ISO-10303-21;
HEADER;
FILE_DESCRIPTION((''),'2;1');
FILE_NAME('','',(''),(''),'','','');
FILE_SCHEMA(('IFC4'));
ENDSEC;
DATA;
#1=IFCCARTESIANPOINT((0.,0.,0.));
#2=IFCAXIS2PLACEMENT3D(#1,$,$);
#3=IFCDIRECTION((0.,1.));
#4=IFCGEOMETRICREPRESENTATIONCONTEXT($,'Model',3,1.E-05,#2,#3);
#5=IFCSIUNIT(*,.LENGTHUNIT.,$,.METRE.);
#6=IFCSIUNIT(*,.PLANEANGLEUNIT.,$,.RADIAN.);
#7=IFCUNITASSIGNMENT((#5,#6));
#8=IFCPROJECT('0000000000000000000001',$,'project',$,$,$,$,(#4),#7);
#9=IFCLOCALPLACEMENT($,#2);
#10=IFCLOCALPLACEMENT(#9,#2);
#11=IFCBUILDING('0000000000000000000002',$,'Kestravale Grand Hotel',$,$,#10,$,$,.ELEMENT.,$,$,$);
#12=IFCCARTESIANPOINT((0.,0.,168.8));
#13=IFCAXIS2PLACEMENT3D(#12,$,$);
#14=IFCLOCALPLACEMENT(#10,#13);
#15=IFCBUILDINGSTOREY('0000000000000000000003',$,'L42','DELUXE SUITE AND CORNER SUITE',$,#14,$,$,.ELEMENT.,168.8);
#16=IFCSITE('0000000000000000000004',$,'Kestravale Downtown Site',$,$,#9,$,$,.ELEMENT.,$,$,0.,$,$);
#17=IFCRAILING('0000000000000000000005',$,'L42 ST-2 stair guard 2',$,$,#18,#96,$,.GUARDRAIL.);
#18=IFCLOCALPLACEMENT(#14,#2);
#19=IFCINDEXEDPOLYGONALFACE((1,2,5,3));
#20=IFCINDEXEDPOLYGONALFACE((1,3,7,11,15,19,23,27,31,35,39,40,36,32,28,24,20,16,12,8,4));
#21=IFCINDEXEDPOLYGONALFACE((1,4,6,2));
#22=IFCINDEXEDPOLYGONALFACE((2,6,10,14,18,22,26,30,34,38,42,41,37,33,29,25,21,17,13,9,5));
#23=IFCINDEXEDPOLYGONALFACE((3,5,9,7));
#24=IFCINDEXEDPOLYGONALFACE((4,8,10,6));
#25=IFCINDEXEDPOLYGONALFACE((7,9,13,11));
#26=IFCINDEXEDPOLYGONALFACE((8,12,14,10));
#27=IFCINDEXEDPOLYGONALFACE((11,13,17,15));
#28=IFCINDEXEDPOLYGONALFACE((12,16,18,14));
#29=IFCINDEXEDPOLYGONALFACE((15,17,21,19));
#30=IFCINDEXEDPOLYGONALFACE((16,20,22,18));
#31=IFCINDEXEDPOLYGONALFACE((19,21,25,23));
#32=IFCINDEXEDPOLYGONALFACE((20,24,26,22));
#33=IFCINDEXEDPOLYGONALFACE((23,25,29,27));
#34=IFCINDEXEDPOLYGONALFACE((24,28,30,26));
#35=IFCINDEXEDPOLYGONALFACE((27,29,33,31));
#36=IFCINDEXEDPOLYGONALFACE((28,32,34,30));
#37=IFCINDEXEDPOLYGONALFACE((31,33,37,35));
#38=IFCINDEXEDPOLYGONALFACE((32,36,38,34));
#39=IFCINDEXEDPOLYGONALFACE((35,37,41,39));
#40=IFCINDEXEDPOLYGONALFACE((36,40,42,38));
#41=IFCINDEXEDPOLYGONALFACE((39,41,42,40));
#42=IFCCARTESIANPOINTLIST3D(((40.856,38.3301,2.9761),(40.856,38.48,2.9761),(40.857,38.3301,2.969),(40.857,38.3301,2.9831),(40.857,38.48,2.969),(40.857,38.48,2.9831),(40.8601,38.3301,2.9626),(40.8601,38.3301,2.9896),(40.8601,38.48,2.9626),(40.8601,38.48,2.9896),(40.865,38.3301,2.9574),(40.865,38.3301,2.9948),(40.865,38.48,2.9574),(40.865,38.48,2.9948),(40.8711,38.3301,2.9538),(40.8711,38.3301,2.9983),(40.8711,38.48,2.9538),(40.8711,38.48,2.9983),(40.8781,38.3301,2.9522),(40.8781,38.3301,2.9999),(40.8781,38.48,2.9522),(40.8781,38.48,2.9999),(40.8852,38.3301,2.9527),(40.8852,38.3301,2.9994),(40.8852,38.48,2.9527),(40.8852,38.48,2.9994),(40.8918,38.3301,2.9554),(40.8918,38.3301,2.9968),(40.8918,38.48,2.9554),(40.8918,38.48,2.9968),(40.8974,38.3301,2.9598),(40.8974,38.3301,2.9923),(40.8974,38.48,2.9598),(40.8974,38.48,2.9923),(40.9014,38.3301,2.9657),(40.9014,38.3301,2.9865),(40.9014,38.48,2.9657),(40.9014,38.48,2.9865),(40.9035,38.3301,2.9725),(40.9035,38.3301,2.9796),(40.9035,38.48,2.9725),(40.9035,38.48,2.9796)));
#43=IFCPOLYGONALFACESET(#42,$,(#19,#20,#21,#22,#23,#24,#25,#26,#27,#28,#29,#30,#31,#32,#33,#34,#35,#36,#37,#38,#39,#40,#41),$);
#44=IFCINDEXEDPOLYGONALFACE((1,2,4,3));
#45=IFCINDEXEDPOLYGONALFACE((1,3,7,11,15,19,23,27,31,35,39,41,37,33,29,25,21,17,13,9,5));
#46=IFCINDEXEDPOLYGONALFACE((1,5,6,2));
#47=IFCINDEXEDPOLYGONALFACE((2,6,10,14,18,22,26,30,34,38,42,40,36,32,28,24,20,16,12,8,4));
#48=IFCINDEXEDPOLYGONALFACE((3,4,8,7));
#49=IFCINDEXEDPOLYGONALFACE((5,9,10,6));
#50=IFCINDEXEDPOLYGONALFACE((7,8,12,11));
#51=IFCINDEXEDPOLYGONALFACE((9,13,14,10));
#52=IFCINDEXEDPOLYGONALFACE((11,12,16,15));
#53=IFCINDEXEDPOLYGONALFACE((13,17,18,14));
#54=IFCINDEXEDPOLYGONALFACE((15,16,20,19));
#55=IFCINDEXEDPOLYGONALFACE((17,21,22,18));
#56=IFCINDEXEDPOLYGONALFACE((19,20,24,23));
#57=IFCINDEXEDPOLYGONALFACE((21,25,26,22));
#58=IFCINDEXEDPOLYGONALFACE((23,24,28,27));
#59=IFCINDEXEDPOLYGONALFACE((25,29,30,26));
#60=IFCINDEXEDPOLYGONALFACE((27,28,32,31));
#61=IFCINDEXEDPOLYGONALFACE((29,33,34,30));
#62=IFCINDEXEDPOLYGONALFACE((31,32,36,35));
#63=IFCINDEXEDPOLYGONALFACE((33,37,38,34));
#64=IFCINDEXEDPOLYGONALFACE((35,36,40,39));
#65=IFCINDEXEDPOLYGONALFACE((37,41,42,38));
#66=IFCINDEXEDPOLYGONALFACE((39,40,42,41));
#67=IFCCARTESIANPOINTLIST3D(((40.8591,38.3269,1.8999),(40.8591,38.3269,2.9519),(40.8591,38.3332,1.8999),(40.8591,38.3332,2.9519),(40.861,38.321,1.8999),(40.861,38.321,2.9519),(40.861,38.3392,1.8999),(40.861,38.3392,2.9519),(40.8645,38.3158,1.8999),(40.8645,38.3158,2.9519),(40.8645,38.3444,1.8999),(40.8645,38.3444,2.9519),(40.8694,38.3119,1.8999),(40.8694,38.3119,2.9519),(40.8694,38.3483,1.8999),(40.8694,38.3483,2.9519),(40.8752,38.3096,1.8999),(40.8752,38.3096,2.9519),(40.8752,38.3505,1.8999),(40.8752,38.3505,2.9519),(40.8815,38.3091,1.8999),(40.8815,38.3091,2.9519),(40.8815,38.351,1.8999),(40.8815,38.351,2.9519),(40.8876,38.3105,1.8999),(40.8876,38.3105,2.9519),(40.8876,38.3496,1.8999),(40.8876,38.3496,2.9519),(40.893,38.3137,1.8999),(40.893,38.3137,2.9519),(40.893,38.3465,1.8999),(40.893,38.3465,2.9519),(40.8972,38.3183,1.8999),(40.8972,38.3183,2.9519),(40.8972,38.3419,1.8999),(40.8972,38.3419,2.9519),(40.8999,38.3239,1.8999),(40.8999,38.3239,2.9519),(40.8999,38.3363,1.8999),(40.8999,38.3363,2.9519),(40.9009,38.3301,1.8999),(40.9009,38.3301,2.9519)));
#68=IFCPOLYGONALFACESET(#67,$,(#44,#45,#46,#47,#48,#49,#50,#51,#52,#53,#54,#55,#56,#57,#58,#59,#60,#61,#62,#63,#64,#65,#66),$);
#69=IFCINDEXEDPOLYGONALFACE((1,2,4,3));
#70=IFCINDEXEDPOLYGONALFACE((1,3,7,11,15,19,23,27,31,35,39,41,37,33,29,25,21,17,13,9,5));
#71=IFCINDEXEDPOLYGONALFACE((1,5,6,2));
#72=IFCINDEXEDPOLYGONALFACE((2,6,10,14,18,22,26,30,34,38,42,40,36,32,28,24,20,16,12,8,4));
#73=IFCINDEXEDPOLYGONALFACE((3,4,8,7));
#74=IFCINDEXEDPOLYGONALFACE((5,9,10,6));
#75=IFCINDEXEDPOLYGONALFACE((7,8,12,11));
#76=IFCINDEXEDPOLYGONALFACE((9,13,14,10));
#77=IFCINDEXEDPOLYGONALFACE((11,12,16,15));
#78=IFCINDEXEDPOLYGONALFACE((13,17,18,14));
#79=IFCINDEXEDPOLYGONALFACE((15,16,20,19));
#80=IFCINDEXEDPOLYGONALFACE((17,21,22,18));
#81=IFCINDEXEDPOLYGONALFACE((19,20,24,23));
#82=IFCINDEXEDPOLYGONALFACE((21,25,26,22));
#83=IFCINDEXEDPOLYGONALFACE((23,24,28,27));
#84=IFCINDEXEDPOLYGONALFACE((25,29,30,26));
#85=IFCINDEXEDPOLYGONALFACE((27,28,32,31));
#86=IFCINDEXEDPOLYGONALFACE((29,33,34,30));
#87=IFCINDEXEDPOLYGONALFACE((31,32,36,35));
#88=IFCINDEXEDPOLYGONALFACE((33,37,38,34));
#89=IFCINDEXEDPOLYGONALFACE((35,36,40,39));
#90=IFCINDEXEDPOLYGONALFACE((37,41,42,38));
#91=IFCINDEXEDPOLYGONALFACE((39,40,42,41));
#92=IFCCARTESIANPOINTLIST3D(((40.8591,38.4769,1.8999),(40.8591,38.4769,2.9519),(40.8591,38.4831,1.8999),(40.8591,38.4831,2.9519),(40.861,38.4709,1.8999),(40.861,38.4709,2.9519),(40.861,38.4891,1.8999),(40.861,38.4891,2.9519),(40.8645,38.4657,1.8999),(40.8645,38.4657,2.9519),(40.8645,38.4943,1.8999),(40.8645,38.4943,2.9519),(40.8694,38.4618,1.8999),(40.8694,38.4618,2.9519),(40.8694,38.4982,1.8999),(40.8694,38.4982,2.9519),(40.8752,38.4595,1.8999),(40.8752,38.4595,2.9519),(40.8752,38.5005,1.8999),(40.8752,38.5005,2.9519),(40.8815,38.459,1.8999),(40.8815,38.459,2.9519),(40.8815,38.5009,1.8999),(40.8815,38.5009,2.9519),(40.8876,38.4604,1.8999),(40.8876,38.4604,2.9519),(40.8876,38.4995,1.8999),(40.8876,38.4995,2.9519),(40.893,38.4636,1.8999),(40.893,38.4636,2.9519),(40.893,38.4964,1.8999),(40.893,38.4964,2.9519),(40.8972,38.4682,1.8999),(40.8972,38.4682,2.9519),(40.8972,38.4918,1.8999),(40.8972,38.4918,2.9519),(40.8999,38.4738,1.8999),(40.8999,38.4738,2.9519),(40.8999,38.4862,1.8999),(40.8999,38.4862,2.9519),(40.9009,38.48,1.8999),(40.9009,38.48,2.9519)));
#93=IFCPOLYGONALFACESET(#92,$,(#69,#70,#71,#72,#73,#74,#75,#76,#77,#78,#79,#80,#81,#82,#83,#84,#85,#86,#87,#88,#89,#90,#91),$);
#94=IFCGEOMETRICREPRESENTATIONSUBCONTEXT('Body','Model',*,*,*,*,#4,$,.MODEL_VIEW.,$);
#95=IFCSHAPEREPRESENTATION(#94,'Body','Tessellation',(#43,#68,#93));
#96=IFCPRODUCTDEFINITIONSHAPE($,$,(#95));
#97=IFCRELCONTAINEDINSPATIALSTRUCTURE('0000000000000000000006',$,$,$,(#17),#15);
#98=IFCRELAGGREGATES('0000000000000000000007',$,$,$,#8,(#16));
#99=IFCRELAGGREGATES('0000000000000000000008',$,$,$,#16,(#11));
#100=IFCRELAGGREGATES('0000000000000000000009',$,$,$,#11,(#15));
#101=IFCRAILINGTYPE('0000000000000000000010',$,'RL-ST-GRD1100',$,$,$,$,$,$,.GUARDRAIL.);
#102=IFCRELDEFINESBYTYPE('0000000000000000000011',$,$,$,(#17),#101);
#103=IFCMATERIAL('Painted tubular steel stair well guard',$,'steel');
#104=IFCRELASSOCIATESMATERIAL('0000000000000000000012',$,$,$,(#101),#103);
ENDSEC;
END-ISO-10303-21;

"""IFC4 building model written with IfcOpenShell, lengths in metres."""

from ifc_helpers import new_model, si_unit, direction, frame, origin, origin_2d, place, context, subcontext, project, spatial, circle, extrude, material, type_object, element, save


model = new_model("IFC4")

# Units and contexts
model_context = context("Model", 3, precision=1e-05, world=origin(), true_north=direction((0.0, 1.0)))
body_context = subcontext(model_context, "Body", "Model", "MODEL_VIEW")
ifc_project = project(units=[si_unit("LENGTHUNIT", "METRE"), si_unit("PLANEANGLEUNIT", "RADIAN")], contexts=[model_context])

# Site, building, storey
site_placement = place(None, origin())
site = spatial("IfcSite", under=ifc_project, at=site_placement, Name="Kestravale Downtown Site", CompositionType="ELEMENT", RefElevation=0.0)
building_placement = place(site_placement, origin())
building = spatial("IfcBuilding", under=site, at=building_placement, Name="Kestravale Grand Hotel", CompositionType="ELEMENT")
storey_placement = place(building_placement, frame((0.0, 0.0, 168.8)))
storey = spatial("IfcBuildingStorey", under=building, at=storey_placement, Name="L42", Description="DELUXE SUITE AND CORNER SUITE", CompositionType="ELEMENT", Elevation=168.8)

# Railing
ifc_material_1 = material(Name="Painted tubular steel stair well guard", Category="steel")
railing_type_1 = type_object("IfcRailingType", Name="RL-ST-GRD1100", PredefinedType="GUARDRAIL", material=ifc_material_1)
railing_1_placement = place(storey_placement, frame((40.8799, 38.3301, 1.8999)))
element("IfcRailing", 1, at=railing_1_placement, inside=storey, type_object=railing_type_1, Name="L42 ST-2 stair guard 2", PredefinedType="GUARDRAIL", context=body_context, shape_type="SweptSolid", body=[
    extrude(circle(Radius=0.0239, at=origin_2d()), frame((0.0, 0.0, 1.0762), z_axis=(0.0, 1.0, 0.0), x_axis=(-1.0, 0.0, 0.0)), (0.0, 0.0, 1.0), 0.1499),
    extrude(circle(Radius=0.021, at=origin_2d()), origin(), (0.0, 0.0, 1.0), 1.052),
    extrude(circle(Radius=0.021, at=origin_2d()), frame((0.0, 0.1499, 0.0)), (0.0, 0.0, 1.0), 1.052),
])

save(model, "model.ifc")
